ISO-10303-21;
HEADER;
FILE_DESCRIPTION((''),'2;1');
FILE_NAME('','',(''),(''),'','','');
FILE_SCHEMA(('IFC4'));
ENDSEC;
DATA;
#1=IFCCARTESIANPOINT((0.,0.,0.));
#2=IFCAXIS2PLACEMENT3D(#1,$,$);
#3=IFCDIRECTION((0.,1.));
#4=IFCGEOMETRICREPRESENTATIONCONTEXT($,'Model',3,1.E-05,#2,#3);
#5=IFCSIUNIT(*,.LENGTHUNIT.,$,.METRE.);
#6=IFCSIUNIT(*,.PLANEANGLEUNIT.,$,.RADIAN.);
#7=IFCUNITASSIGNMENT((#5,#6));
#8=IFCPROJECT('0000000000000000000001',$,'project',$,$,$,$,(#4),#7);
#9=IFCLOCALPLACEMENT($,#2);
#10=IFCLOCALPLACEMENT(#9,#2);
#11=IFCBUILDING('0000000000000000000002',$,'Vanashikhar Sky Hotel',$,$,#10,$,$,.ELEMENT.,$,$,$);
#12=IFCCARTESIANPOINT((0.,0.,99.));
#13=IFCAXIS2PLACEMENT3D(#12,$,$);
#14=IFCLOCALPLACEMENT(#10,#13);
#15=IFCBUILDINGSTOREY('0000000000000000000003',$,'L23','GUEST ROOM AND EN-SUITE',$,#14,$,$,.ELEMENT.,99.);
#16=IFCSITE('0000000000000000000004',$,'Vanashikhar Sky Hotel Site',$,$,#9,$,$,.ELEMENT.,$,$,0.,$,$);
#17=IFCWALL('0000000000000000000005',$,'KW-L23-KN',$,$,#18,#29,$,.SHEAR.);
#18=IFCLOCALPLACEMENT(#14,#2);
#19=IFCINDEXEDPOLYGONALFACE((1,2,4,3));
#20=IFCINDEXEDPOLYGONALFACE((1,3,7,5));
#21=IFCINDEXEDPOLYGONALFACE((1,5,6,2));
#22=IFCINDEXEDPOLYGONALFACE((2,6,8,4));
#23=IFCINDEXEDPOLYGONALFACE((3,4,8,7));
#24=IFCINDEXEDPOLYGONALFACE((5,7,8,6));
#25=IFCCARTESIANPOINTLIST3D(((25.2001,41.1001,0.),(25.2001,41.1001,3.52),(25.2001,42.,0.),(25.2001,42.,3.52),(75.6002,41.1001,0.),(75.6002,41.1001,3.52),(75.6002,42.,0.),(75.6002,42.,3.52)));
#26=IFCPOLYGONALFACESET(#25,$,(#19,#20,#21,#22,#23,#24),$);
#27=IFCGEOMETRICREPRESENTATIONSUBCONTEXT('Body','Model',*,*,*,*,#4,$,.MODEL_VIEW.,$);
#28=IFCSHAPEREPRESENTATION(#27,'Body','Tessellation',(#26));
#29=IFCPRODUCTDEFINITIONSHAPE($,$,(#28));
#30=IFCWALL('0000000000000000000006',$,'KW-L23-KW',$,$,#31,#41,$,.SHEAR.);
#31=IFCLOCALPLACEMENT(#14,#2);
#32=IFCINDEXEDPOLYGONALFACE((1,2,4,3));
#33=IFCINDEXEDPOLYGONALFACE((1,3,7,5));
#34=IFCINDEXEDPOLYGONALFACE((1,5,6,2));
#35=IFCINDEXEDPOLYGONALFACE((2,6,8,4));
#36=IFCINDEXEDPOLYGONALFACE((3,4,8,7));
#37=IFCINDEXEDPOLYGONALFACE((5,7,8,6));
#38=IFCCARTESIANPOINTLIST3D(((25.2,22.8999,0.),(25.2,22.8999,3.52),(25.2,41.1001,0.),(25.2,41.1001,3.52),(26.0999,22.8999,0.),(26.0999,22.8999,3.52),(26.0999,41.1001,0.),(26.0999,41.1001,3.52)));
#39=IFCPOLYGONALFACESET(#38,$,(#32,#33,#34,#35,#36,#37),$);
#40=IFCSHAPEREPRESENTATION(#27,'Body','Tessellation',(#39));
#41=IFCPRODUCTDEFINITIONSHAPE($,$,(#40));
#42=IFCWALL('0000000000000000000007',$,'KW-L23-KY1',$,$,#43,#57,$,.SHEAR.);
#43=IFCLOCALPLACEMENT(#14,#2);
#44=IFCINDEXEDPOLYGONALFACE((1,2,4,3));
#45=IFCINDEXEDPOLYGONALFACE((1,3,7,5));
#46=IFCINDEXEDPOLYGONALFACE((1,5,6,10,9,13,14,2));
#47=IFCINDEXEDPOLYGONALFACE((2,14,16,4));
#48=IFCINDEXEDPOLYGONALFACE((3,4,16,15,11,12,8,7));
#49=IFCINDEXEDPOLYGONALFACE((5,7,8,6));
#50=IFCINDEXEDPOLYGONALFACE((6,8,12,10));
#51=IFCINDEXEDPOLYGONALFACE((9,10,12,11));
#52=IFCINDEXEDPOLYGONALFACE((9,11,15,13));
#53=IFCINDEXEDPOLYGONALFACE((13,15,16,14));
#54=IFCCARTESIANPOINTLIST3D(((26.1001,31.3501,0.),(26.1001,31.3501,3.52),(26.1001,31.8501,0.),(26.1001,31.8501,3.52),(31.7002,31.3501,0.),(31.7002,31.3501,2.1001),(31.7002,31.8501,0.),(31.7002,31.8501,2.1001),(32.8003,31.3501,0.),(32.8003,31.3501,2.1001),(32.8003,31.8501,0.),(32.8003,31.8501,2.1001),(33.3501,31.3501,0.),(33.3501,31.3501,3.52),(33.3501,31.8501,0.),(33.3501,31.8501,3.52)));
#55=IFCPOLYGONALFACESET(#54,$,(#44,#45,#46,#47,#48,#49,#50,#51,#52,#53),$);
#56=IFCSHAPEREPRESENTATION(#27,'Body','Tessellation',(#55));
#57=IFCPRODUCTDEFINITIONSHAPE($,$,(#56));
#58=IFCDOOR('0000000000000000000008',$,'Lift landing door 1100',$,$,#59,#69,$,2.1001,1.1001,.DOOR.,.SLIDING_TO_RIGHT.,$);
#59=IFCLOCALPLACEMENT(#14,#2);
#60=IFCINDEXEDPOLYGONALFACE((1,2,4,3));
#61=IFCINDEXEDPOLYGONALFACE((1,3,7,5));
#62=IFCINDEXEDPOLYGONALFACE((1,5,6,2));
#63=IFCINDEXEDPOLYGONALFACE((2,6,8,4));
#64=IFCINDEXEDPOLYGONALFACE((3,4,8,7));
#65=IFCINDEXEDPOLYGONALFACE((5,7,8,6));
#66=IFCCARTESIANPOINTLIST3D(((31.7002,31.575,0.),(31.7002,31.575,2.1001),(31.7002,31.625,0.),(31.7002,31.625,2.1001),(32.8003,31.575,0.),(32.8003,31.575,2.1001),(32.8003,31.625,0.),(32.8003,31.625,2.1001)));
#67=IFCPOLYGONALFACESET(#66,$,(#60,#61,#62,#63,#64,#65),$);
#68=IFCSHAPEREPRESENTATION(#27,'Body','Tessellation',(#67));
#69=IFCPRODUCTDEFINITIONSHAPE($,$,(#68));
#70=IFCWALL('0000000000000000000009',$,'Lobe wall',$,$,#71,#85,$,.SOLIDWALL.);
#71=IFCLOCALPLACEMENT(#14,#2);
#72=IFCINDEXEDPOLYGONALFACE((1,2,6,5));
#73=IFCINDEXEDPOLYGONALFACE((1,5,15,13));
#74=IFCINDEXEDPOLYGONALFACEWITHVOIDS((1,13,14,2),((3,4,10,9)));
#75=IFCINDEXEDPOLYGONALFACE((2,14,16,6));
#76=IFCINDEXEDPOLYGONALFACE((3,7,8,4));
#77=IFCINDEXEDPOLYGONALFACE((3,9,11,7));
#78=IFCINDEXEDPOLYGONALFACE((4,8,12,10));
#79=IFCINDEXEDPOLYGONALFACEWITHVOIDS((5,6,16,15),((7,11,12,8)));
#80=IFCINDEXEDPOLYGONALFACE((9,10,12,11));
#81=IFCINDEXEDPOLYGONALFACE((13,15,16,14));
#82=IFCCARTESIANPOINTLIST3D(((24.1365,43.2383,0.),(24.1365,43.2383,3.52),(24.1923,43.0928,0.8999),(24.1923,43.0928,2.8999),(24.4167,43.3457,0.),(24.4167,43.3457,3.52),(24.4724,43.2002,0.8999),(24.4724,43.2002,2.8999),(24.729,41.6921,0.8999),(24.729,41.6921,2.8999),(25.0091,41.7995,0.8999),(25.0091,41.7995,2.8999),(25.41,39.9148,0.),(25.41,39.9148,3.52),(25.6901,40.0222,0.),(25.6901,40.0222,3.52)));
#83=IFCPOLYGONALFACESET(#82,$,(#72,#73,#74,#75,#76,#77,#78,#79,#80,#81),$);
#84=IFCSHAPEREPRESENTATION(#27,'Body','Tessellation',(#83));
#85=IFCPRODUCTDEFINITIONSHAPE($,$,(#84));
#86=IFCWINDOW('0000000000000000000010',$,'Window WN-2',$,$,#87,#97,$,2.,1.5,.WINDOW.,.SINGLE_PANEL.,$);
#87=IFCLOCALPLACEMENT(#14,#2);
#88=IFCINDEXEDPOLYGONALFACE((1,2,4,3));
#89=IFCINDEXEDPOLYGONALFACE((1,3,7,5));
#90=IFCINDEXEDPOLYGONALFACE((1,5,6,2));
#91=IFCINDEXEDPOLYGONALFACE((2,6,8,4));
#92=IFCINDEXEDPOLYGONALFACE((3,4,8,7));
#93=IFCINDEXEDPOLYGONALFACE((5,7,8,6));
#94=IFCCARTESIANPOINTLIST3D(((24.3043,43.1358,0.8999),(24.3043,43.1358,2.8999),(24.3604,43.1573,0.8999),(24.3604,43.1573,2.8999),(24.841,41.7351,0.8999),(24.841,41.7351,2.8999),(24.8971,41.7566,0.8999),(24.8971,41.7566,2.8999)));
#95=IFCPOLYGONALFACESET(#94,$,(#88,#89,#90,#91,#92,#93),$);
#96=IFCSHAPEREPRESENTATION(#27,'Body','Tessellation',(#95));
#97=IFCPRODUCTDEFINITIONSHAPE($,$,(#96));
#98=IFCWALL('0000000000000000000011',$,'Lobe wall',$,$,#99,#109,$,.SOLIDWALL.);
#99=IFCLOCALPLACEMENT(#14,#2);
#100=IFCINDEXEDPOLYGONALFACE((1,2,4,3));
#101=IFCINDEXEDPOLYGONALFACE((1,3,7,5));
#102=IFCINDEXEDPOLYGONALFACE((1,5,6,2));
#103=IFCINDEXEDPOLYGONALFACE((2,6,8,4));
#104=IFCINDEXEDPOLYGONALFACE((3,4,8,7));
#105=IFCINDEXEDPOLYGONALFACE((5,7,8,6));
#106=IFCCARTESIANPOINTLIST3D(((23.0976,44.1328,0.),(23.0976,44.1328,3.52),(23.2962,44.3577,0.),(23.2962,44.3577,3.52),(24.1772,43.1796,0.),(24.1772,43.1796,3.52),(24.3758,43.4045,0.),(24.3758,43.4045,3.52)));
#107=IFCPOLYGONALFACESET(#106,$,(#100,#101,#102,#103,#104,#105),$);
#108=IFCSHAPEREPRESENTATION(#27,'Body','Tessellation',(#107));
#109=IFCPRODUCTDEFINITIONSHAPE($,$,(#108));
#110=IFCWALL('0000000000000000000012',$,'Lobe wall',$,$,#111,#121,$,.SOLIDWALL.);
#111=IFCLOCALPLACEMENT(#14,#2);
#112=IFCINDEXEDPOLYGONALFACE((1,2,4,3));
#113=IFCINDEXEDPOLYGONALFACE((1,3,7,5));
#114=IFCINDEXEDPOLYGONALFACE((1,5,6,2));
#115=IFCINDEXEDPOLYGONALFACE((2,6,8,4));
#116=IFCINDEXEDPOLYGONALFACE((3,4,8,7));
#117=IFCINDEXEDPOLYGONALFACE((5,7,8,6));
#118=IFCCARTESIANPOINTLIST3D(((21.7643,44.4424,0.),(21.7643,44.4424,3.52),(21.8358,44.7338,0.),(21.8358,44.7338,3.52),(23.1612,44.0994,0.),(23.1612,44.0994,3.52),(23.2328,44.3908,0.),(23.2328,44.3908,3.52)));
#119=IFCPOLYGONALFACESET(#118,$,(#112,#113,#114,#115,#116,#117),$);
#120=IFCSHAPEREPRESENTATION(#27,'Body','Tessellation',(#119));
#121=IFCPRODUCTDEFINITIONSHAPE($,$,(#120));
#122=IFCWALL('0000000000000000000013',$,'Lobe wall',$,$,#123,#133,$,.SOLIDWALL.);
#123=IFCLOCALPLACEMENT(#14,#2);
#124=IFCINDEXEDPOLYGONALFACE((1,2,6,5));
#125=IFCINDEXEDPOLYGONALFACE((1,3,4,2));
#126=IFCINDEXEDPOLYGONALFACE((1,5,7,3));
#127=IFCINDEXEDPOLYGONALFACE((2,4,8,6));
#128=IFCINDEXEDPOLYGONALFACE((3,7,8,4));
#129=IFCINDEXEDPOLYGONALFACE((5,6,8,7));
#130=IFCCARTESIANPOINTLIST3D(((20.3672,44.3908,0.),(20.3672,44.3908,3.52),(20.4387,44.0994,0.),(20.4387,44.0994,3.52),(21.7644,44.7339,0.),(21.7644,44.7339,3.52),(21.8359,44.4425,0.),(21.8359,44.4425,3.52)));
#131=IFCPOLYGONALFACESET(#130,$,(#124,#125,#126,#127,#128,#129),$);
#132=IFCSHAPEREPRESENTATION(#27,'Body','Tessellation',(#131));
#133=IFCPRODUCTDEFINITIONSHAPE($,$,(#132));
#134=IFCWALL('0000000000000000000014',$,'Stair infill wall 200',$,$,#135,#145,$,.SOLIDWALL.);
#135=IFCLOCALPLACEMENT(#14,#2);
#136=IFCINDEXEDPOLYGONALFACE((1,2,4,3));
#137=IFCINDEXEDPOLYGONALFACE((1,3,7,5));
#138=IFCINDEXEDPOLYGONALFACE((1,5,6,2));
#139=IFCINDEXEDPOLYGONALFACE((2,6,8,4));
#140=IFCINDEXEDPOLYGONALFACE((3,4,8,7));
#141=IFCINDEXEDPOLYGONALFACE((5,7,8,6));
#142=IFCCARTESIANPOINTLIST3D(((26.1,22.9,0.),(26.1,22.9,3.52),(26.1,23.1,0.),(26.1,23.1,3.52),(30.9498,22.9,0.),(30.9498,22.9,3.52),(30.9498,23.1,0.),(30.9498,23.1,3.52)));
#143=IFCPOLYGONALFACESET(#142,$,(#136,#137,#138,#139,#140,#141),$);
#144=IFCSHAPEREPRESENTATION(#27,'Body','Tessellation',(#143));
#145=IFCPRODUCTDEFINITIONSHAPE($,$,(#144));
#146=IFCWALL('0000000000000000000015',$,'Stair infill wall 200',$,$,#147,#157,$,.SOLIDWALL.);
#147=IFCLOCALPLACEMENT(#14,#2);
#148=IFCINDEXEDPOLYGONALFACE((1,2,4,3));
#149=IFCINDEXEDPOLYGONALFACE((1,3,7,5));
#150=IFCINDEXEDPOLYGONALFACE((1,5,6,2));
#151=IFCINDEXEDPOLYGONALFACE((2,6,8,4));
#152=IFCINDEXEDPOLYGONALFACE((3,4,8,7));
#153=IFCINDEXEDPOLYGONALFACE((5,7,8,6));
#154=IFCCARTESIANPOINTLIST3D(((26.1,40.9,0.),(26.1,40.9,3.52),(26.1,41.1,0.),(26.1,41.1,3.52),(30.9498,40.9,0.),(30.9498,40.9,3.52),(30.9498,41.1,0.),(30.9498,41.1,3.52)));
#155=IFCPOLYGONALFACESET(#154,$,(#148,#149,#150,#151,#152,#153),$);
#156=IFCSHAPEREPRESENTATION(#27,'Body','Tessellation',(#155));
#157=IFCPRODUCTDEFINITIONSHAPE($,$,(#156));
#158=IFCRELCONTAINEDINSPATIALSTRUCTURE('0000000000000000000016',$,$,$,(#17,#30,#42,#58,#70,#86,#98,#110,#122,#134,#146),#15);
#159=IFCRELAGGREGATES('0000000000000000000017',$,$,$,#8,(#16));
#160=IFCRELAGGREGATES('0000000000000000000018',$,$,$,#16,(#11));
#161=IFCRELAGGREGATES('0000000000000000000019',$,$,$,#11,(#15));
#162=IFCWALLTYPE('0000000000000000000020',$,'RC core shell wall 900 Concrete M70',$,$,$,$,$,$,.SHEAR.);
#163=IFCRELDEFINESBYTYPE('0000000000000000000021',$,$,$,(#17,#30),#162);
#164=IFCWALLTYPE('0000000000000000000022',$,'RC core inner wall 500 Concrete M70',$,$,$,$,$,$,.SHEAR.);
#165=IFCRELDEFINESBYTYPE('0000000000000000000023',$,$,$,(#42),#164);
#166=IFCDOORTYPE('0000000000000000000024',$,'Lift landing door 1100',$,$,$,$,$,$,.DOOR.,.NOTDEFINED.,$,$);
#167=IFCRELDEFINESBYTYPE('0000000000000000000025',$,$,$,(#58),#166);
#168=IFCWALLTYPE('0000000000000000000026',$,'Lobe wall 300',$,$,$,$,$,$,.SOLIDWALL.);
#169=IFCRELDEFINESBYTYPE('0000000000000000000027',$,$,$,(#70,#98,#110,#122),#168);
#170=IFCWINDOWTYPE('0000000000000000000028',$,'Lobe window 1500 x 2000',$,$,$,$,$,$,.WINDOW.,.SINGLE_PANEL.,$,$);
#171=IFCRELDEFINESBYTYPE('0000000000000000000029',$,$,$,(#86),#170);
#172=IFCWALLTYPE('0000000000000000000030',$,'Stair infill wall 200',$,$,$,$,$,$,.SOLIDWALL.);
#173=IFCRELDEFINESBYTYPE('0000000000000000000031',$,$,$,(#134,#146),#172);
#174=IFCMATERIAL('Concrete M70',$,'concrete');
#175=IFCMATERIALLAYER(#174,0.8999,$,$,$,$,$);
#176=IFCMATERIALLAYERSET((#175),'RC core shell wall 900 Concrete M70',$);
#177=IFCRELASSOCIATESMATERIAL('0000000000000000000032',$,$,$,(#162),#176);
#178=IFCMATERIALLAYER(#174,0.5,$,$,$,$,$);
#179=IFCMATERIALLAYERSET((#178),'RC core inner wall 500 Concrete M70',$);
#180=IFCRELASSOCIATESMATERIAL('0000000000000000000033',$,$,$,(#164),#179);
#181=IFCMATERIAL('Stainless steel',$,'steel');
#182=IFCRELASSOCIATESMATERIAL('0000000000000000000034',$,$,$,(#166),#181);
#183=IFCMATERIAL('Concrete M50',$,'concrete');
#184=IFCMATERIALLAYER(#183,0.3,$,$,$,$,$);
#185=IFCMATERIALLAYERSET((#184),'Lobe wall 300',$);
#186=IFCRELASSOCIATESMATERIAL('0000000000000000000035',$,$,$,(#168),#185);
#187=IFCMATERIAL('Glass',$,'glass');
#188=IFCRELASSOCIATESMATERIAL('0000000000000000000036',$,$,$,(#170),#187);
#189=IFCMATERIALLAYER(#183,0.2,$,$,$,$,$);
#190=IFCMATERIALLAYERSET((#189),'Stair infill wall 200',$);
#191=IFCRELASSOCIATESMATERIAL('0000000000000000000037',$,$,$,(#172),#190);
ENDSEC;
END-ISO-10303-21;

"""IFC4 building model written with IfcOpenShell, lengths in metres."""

from ifc_helpers import new_model, si_unit, direction, frame, frame_2d, origin, place, context, subcontext, project, spatial, rectangle, extrude, source, transform, mapped, material, layer, layer_set, type_object, element, fill, save


model = new_model("IFC4")

# Units and contexts
model_context = context("Model", 3, precision=1e-05, world=origin(), true_north=direction((0.0, 1.0)))
body_context = subcontext(model_context, "Body", "Model", "MODEL_VIEW")
ifc_project = project(units=[si_unit("LENGTHUNIT", "METRE"), si_unit("PLANEANGLEUNIT", "RADIAN")], contexts=[model_context])

# Site, building, storey
site_placement = place(None, origin())
site = spatial("IfcSite", under=ifc_project, at=site_placement, Name="Vanashikhar Sky Hotel Site", CompositionType="ELEMENT", RefElevation=0.0)
building_placement = place(site_placement, origin())
building = spatial("IfcBuilding", under=site, at=building_placement, Name="Vanashikhar Sky Hotel", CompositionType="ELEMENT")
storey_placement = place(building_placement, frame((0.0, 0.0, 99.0)))
storey = spatial("IfcBuildingStorey", under=building, at=storey_placement, Name="L23", Description="GUEST ROOM AND EN-SUITE", CompositionType="ELEMENT", Elevation=99.0)

# Walls
ifc_material_1 = material(Name="Concrete M70", Category="concrete")
ifc_layer_1 = layer(ifc_material_1, 0.8999)
ifc_layer_set_1 = layer_set([ifc_layer_1], Name="RC core shell wall 900 Concrete M70")
wall_type_1 = type_object("IfcWallType", Name="RC core shell wall 900 Concrete M70", PredefinedType="SHEAR", material=ifc_layer_set_1)
shared_shape_1 = source(origin(), body_context, "Body", "SweptSolid", [
    extrude(rectangle(XDim=50.4001, YDim=0.8999, at=frame_2d((25.2002, 0.0))), origin(), (0.0, 0.0, 1.0), 3.52),
])
wall_1_placement = place(storey_placement, frame((25.2, 41.55, 0.0), z_axis=(0.0, 0.0, 1.0), x_axis=(1.0, 0.0, 0.0)))
element("IfcWall", 1, at=wall_1_placement, inside=storey, type_object=wall_type_1, Name="KW-L23-KN", PredefinedType="SHEAR", context=body_context, shape_type="MappedRepresentation", body=[
    mapped(shared_shape_1, transform((0.0, 0.0, 0.0), scale=1.0)),
])
shared_shape_2 = source(origin(), body_context, "Body", "SweptSolid", [
    extrude(rectangle(XDim=18.2002, YDim=0.8999, at=frame_2d((9.1001, 0.0))), origin(), (0.0, 0.0, 1.0), 3.52),
])
wall_2_placement = place(storey_placement, frame((25.6499, 22.8999, 0.0), z_axis=(0.0, 0.0, 1.0), x_axis=(0.0, 1.0, 0.0)))
element("IfcWall", 2, at=wall_2_placement, inside=storey, type_object=wall_type_1, Name="KW-L23-KW", PredefinedType="SHEAR", context=body_context, shape_type="MappedRepresentation", body=[
    mapped(shared_shape_2, transform((0.0, 0.0, 0.0), scale=1.0)),
])

# Wall, opening, door
ifc_layer_2 = layer(ifc_material_1, 0.5)
ifc_layer_set_2 = layer_set([ifc_layer_2], Name="RC core inner wall 500 Concrete M70")
wall_type_2 = type_object("IfcWallType", Name="RC core inner wall 500 Concrete M70", PredefinedType="SHEAR", material=ifc_layer_set_2)
shared_shape_3 = source(origin(), body_context, "Body", "SweptSolid", [
    extrude(rectangle(XDim=7.25, YDim=0.5, at=frame_2d((3.625, 0.0))), origin(), (0.0, 0.0, 1.0), 3.52),
])
wall_3_placement = place(storey_placement, frame((26.1001, 31.6001, 0.0), z_axis=(0.0, 0.0, 1.0), x_axis=(1.0, 0.0, 0.0)))
wall_3 = element("IfcWall", 3, at=wall_3_placement, inside=storey, type_object=wall_type_2, Name="KW-L23-KY1", PredefinedType="SHEAR", context=body_context, shape_type="MappedRepresentation", body=[
    mapped(shared_shape_3, transform((0.0, 0.0, 0.0), scale=1.0)),
])
shared_shape_4 = source(origin(), body_context, "Body", "SweptSolid", [
    extrude(rectangle(XDim=1.1001, YDim=2.1001, at=frame_2d((0.55, 1.05))), frame((0.0, 0.26, 0.0), z_axis=(0.0, -1.0, 0.0), x_axis=(1.0, 0.0, 0.0)), (0.0, 0.0, 1.0), 0.52),
])
opening_1_placement = place(wall_3_placement, frame((5.6001, 0.0, 0.0)))
opening_1 = element("IfcOpeningElement", 4, at=opening_1_placement, cuts=wall_3, PredefinedType="OPENING", context=body_context, shape_type="MappedRepresentation", body=[
    mapped(shared_shape_4, transform((0.0, 0.0, 0.0), scale=1.0)),
])
ifc_material_2 = material(Name="Stainless steel", Category="steel")
door_type = type_object("IfcDoorType", Name="Lift landing door 1100", OperationType="NOTDEFINED", PredefinedType="DOOR", material=ifc_material_2)
shared_shape_5 = source(origin(), body_context, "Body", "SweptSolid", [
    extrude(rectangle(XDim=1.1001, YDim=2.1001, at=frame_2d((0.55, 1.05))), frame((0.0, 0.0249, 0.0), z_axis=(0.0, -1.0, 0.0), x_axis=(1.0, 0.0, 0.0)), (0.0, 0.0, 1.0), 0.05),
])
door_placement = place(opening_1_placement, origin())
door = element("IfcDoor", 5, at=door_placement, inside=storey, type_object=door_type, Name="Lift landing door 1100", OperationType="SLIDING_TO_RIGHT", OverallHeight=2.1001, OverallWidth=1.1001, PredefinedType="DOOR", context=body_context, shape_type="MappedRepresentation", body=[
    mapped(shared_shape_5, transform((0.0, 0.0, 0.0), scale=1.0)),
])
fill(opening_1, door)

# Wall, opening, window
ifc_material_3 = material(Name="Concrete M50", Category="concrete")
ifc_layer_3 = layer(ifc_material_3, 0.3)
ifc_layer_set_3 = layer_set([ifc_layer_3], Name="Lobe wall 300")
wall_type_3 = type_object("IfcWallType", Name="Lobe wall 300", PredefinedType="SOLIDWALL", material=ifc_layer_set_3)
shared_shape_6 = source(origin(), body_context, "Body", "SweptSolid", [
    extrude(rectangle(XDim=3.5591, YDim=0.3, at=frame_2d((1.7795, 0.0))), origin(), (0.0, 0.0, 1.0), 3.52),
])
wall_4_placement = place(storey_placement, frame((25.55, 39.9685, 0.0), z_axis=(0.0, 0.0, 1.0), x_axis=(-0.357797, 0.933799, 0.0)))
wall_4 = element("IfcWall", 6, at=wall_4_placement, inside=storey, type_object=wall_type_3, Name="Lobe wall", PredefinedType="SOLIDWALL", context=body_context, shape_type="MappedRepresentation", body=[
    mapped(shared_shape_6, transform((0.0, 0.0, 0.0), scale=1.0)),
])
shared_shape_7 = source(origin(), body_context, "Body", "SweptSolid", [
    extrude(rectangle(XDim=1.5, YDim=2.0, at=frame_2d((0.75, 1.0))), frame((0.0, 0.1602, 0.0), z_axis=(0.0, -1.0, 0.0), x_axis=(1.0, 0.0, 0.0)), (0.0, 0.0, 1.0), 0.3201),
])
opening_2_placement = place(wall_4_placement, frame((1.9033, 0.0, 0.8999)))
opening_2 = element("IfcOpeningElement", 7, at=opening_2_placement, cuts=wall_4, PredefinedType="OPENING", context=body_context, shape_type="MappedRepresentation", body=[
    mapped(shared_shape_7, transform((0.0, 0.0, 0.0), scale=1.0)),
])
ifc_material_4 = material(Name="Glass", Category="glass")
window_type = type_object("IfcWindowType", Name="Lobe window 1500 x 2000", PartitioningType="SINGLE_PANEL", PredefinedType="WINDOW", material=ifc_material_4)
shared_shape_8 = source(origin(), body_context, "Body", "SweptSolid", [
    extrude(rectangle(XDim=1.5, YDim=2.0, at=frame_2d((0.75, 1.0))), frame((0.0, 0.03, 0.0), z_axis=(0.0, -1.0, 0.0), x_axis=(1.0, 0.0, 0.0)), (0.0, 0.0, 1.0), 0.0601),
])
window_placement = place(opening_2_placement, origin())
window = element("IfcWindow", 8, at=window_placement, inside=storey, type_object=window_type, Name="Window WN-2", OverallHeight=2.0, OverallWidth=1.5, PartitioningType="SINGLE_PANEL", PredefinedType="WINDOW", context=body_context, shape_type="MappedRepresentation", body=[
    mapped(shared_shape_8, transform((0.0, 0.0, 0.0), scale=1.0)),
])
fill(opening_2, window)

# Walls
shared_shape_9 = source(origin(), body_context, "Body", "SweptSolid", [
    extrude(rectangle(XDim=1.4402, YDim=0.3, at=frame_2d((0.7202, 0.0))), origin(), (0.0, 0.0, 1.0), 3.52),
])
wall_5_placement = place(storey_placement, frame((24.2766, 43.292, 0.0), z_axis=(0.0, 0.0, 1.0), x_axis=(-0.74965, 0.661835, 0.0)))
element("IfcWall", 9, at=wall_5_placement, inside=storey, type_object=wall_type_3, Name="Lobe wall", PredefinedType="SOLIDWALL", context=body_context, shape_type="MappedRepresentation", body=[
    mapped(shared_shape_9, transform((0.0, 0.0, 0.0), scale=1.0)),
])
shared_shape_10 = source(origin(), body_context, "Body", "SweptSolid", [
    extrude(rectangle(XDim=1.4385, YDim=0.3, at=frame_2d((0.7192, 0.0))), origin(), (0.0, 0.0, 1.0), 3.52),
])
wall_6_placement = place(storey_placement, frame((23.197, 44.2451, 0.0), z_axis=(0.0, 0.0, 1.0), x_axis=(-0.971152, 0.23846, 0.0)))
element("IfcWall", 10, at=wall_6_placement, inside=storey, type_object=wall_type_3, Name="Lobe wall", PredefinedType="SOLIDWALL", context=body_context, shape_type="MappedRepresentation", body=[
    mapped(shared_shape_10, transform((0.0, 0.0, 0.0), scale=1.0)),
])
shared_shape_11 = source(origin(), body_context, "Body", "SweptSolid", [
    extrude(rectangle(XDim=1.4387, YDim=0.3, at=frame_2d((0.7192, 0.0))), origin(), (0.0, 0.0, 1.0), 3.52),
])
wall_7_placement = place(storey_placement, frame((21.8, 44.5881, 0.0), z_axis=(0.0, 0.0, 1.0), x_axis=(-0.971162, -0.238421, 0.0)))
element("IfcWall", 11, at=wall_7_placement, inside=storey, type_object=wall_type_3, Name="Lobe wall", PredefinedType="SOLIDWALL", context=body_context, shape_type="MappedRepresentation", body=[
    mapped(shared_shape_11, transform((0.0, 0.0, 0.0), scale=1.0)),
])
ifc_layer_4 = layer(ifc_material_3, 0.2)
ifc_layer_set_4 = layer_set([ifc_layer_4], Name="Stair infill wall 200")
wall_type_4 = type_object("IfcWallType", Name="Stair infill wall 200", PredefinedType="SOLIDWALL", material=ifc_layer_set_4)
shared_shape_12 = source(origin(), body_context, "Body", "SweptSolid", [
    extrude(rectangle(XDim=4.8499, YDim=0.2, at=frame_2d((2.4248, 0.0))), origin(), (0.0, 0.0, 1.0), 3.52),
])
for number, where, z_axis, x_axis, name in (
    (12, (26.1001, 23.0, 0.0), (0.0, 0.0, 1.0), (1.0, 0.0, 0.0), "Stair infill wall 200"),
    (13, (26.1001, 41.0, 0.0), (0.0, 0.0, 1.0), (1.0, 0.0, 0.0), "Stair infill wall 200"),
):
    element("IfcWall", number, at=place(storey_placement, frame(where, z_axis=z_axis, x_axis=x_axis)), inside=storey, type_object=wall_type_4, Name=name, PredefinedType="SOLIDWALL", context=body_context, shape_type="MappedRepresentation", body=[
        mapped(shared_shape_12, transform((0.0, 0.0, 0.0), scale=1.0)),
    ])

save(model, "model.ifc")
